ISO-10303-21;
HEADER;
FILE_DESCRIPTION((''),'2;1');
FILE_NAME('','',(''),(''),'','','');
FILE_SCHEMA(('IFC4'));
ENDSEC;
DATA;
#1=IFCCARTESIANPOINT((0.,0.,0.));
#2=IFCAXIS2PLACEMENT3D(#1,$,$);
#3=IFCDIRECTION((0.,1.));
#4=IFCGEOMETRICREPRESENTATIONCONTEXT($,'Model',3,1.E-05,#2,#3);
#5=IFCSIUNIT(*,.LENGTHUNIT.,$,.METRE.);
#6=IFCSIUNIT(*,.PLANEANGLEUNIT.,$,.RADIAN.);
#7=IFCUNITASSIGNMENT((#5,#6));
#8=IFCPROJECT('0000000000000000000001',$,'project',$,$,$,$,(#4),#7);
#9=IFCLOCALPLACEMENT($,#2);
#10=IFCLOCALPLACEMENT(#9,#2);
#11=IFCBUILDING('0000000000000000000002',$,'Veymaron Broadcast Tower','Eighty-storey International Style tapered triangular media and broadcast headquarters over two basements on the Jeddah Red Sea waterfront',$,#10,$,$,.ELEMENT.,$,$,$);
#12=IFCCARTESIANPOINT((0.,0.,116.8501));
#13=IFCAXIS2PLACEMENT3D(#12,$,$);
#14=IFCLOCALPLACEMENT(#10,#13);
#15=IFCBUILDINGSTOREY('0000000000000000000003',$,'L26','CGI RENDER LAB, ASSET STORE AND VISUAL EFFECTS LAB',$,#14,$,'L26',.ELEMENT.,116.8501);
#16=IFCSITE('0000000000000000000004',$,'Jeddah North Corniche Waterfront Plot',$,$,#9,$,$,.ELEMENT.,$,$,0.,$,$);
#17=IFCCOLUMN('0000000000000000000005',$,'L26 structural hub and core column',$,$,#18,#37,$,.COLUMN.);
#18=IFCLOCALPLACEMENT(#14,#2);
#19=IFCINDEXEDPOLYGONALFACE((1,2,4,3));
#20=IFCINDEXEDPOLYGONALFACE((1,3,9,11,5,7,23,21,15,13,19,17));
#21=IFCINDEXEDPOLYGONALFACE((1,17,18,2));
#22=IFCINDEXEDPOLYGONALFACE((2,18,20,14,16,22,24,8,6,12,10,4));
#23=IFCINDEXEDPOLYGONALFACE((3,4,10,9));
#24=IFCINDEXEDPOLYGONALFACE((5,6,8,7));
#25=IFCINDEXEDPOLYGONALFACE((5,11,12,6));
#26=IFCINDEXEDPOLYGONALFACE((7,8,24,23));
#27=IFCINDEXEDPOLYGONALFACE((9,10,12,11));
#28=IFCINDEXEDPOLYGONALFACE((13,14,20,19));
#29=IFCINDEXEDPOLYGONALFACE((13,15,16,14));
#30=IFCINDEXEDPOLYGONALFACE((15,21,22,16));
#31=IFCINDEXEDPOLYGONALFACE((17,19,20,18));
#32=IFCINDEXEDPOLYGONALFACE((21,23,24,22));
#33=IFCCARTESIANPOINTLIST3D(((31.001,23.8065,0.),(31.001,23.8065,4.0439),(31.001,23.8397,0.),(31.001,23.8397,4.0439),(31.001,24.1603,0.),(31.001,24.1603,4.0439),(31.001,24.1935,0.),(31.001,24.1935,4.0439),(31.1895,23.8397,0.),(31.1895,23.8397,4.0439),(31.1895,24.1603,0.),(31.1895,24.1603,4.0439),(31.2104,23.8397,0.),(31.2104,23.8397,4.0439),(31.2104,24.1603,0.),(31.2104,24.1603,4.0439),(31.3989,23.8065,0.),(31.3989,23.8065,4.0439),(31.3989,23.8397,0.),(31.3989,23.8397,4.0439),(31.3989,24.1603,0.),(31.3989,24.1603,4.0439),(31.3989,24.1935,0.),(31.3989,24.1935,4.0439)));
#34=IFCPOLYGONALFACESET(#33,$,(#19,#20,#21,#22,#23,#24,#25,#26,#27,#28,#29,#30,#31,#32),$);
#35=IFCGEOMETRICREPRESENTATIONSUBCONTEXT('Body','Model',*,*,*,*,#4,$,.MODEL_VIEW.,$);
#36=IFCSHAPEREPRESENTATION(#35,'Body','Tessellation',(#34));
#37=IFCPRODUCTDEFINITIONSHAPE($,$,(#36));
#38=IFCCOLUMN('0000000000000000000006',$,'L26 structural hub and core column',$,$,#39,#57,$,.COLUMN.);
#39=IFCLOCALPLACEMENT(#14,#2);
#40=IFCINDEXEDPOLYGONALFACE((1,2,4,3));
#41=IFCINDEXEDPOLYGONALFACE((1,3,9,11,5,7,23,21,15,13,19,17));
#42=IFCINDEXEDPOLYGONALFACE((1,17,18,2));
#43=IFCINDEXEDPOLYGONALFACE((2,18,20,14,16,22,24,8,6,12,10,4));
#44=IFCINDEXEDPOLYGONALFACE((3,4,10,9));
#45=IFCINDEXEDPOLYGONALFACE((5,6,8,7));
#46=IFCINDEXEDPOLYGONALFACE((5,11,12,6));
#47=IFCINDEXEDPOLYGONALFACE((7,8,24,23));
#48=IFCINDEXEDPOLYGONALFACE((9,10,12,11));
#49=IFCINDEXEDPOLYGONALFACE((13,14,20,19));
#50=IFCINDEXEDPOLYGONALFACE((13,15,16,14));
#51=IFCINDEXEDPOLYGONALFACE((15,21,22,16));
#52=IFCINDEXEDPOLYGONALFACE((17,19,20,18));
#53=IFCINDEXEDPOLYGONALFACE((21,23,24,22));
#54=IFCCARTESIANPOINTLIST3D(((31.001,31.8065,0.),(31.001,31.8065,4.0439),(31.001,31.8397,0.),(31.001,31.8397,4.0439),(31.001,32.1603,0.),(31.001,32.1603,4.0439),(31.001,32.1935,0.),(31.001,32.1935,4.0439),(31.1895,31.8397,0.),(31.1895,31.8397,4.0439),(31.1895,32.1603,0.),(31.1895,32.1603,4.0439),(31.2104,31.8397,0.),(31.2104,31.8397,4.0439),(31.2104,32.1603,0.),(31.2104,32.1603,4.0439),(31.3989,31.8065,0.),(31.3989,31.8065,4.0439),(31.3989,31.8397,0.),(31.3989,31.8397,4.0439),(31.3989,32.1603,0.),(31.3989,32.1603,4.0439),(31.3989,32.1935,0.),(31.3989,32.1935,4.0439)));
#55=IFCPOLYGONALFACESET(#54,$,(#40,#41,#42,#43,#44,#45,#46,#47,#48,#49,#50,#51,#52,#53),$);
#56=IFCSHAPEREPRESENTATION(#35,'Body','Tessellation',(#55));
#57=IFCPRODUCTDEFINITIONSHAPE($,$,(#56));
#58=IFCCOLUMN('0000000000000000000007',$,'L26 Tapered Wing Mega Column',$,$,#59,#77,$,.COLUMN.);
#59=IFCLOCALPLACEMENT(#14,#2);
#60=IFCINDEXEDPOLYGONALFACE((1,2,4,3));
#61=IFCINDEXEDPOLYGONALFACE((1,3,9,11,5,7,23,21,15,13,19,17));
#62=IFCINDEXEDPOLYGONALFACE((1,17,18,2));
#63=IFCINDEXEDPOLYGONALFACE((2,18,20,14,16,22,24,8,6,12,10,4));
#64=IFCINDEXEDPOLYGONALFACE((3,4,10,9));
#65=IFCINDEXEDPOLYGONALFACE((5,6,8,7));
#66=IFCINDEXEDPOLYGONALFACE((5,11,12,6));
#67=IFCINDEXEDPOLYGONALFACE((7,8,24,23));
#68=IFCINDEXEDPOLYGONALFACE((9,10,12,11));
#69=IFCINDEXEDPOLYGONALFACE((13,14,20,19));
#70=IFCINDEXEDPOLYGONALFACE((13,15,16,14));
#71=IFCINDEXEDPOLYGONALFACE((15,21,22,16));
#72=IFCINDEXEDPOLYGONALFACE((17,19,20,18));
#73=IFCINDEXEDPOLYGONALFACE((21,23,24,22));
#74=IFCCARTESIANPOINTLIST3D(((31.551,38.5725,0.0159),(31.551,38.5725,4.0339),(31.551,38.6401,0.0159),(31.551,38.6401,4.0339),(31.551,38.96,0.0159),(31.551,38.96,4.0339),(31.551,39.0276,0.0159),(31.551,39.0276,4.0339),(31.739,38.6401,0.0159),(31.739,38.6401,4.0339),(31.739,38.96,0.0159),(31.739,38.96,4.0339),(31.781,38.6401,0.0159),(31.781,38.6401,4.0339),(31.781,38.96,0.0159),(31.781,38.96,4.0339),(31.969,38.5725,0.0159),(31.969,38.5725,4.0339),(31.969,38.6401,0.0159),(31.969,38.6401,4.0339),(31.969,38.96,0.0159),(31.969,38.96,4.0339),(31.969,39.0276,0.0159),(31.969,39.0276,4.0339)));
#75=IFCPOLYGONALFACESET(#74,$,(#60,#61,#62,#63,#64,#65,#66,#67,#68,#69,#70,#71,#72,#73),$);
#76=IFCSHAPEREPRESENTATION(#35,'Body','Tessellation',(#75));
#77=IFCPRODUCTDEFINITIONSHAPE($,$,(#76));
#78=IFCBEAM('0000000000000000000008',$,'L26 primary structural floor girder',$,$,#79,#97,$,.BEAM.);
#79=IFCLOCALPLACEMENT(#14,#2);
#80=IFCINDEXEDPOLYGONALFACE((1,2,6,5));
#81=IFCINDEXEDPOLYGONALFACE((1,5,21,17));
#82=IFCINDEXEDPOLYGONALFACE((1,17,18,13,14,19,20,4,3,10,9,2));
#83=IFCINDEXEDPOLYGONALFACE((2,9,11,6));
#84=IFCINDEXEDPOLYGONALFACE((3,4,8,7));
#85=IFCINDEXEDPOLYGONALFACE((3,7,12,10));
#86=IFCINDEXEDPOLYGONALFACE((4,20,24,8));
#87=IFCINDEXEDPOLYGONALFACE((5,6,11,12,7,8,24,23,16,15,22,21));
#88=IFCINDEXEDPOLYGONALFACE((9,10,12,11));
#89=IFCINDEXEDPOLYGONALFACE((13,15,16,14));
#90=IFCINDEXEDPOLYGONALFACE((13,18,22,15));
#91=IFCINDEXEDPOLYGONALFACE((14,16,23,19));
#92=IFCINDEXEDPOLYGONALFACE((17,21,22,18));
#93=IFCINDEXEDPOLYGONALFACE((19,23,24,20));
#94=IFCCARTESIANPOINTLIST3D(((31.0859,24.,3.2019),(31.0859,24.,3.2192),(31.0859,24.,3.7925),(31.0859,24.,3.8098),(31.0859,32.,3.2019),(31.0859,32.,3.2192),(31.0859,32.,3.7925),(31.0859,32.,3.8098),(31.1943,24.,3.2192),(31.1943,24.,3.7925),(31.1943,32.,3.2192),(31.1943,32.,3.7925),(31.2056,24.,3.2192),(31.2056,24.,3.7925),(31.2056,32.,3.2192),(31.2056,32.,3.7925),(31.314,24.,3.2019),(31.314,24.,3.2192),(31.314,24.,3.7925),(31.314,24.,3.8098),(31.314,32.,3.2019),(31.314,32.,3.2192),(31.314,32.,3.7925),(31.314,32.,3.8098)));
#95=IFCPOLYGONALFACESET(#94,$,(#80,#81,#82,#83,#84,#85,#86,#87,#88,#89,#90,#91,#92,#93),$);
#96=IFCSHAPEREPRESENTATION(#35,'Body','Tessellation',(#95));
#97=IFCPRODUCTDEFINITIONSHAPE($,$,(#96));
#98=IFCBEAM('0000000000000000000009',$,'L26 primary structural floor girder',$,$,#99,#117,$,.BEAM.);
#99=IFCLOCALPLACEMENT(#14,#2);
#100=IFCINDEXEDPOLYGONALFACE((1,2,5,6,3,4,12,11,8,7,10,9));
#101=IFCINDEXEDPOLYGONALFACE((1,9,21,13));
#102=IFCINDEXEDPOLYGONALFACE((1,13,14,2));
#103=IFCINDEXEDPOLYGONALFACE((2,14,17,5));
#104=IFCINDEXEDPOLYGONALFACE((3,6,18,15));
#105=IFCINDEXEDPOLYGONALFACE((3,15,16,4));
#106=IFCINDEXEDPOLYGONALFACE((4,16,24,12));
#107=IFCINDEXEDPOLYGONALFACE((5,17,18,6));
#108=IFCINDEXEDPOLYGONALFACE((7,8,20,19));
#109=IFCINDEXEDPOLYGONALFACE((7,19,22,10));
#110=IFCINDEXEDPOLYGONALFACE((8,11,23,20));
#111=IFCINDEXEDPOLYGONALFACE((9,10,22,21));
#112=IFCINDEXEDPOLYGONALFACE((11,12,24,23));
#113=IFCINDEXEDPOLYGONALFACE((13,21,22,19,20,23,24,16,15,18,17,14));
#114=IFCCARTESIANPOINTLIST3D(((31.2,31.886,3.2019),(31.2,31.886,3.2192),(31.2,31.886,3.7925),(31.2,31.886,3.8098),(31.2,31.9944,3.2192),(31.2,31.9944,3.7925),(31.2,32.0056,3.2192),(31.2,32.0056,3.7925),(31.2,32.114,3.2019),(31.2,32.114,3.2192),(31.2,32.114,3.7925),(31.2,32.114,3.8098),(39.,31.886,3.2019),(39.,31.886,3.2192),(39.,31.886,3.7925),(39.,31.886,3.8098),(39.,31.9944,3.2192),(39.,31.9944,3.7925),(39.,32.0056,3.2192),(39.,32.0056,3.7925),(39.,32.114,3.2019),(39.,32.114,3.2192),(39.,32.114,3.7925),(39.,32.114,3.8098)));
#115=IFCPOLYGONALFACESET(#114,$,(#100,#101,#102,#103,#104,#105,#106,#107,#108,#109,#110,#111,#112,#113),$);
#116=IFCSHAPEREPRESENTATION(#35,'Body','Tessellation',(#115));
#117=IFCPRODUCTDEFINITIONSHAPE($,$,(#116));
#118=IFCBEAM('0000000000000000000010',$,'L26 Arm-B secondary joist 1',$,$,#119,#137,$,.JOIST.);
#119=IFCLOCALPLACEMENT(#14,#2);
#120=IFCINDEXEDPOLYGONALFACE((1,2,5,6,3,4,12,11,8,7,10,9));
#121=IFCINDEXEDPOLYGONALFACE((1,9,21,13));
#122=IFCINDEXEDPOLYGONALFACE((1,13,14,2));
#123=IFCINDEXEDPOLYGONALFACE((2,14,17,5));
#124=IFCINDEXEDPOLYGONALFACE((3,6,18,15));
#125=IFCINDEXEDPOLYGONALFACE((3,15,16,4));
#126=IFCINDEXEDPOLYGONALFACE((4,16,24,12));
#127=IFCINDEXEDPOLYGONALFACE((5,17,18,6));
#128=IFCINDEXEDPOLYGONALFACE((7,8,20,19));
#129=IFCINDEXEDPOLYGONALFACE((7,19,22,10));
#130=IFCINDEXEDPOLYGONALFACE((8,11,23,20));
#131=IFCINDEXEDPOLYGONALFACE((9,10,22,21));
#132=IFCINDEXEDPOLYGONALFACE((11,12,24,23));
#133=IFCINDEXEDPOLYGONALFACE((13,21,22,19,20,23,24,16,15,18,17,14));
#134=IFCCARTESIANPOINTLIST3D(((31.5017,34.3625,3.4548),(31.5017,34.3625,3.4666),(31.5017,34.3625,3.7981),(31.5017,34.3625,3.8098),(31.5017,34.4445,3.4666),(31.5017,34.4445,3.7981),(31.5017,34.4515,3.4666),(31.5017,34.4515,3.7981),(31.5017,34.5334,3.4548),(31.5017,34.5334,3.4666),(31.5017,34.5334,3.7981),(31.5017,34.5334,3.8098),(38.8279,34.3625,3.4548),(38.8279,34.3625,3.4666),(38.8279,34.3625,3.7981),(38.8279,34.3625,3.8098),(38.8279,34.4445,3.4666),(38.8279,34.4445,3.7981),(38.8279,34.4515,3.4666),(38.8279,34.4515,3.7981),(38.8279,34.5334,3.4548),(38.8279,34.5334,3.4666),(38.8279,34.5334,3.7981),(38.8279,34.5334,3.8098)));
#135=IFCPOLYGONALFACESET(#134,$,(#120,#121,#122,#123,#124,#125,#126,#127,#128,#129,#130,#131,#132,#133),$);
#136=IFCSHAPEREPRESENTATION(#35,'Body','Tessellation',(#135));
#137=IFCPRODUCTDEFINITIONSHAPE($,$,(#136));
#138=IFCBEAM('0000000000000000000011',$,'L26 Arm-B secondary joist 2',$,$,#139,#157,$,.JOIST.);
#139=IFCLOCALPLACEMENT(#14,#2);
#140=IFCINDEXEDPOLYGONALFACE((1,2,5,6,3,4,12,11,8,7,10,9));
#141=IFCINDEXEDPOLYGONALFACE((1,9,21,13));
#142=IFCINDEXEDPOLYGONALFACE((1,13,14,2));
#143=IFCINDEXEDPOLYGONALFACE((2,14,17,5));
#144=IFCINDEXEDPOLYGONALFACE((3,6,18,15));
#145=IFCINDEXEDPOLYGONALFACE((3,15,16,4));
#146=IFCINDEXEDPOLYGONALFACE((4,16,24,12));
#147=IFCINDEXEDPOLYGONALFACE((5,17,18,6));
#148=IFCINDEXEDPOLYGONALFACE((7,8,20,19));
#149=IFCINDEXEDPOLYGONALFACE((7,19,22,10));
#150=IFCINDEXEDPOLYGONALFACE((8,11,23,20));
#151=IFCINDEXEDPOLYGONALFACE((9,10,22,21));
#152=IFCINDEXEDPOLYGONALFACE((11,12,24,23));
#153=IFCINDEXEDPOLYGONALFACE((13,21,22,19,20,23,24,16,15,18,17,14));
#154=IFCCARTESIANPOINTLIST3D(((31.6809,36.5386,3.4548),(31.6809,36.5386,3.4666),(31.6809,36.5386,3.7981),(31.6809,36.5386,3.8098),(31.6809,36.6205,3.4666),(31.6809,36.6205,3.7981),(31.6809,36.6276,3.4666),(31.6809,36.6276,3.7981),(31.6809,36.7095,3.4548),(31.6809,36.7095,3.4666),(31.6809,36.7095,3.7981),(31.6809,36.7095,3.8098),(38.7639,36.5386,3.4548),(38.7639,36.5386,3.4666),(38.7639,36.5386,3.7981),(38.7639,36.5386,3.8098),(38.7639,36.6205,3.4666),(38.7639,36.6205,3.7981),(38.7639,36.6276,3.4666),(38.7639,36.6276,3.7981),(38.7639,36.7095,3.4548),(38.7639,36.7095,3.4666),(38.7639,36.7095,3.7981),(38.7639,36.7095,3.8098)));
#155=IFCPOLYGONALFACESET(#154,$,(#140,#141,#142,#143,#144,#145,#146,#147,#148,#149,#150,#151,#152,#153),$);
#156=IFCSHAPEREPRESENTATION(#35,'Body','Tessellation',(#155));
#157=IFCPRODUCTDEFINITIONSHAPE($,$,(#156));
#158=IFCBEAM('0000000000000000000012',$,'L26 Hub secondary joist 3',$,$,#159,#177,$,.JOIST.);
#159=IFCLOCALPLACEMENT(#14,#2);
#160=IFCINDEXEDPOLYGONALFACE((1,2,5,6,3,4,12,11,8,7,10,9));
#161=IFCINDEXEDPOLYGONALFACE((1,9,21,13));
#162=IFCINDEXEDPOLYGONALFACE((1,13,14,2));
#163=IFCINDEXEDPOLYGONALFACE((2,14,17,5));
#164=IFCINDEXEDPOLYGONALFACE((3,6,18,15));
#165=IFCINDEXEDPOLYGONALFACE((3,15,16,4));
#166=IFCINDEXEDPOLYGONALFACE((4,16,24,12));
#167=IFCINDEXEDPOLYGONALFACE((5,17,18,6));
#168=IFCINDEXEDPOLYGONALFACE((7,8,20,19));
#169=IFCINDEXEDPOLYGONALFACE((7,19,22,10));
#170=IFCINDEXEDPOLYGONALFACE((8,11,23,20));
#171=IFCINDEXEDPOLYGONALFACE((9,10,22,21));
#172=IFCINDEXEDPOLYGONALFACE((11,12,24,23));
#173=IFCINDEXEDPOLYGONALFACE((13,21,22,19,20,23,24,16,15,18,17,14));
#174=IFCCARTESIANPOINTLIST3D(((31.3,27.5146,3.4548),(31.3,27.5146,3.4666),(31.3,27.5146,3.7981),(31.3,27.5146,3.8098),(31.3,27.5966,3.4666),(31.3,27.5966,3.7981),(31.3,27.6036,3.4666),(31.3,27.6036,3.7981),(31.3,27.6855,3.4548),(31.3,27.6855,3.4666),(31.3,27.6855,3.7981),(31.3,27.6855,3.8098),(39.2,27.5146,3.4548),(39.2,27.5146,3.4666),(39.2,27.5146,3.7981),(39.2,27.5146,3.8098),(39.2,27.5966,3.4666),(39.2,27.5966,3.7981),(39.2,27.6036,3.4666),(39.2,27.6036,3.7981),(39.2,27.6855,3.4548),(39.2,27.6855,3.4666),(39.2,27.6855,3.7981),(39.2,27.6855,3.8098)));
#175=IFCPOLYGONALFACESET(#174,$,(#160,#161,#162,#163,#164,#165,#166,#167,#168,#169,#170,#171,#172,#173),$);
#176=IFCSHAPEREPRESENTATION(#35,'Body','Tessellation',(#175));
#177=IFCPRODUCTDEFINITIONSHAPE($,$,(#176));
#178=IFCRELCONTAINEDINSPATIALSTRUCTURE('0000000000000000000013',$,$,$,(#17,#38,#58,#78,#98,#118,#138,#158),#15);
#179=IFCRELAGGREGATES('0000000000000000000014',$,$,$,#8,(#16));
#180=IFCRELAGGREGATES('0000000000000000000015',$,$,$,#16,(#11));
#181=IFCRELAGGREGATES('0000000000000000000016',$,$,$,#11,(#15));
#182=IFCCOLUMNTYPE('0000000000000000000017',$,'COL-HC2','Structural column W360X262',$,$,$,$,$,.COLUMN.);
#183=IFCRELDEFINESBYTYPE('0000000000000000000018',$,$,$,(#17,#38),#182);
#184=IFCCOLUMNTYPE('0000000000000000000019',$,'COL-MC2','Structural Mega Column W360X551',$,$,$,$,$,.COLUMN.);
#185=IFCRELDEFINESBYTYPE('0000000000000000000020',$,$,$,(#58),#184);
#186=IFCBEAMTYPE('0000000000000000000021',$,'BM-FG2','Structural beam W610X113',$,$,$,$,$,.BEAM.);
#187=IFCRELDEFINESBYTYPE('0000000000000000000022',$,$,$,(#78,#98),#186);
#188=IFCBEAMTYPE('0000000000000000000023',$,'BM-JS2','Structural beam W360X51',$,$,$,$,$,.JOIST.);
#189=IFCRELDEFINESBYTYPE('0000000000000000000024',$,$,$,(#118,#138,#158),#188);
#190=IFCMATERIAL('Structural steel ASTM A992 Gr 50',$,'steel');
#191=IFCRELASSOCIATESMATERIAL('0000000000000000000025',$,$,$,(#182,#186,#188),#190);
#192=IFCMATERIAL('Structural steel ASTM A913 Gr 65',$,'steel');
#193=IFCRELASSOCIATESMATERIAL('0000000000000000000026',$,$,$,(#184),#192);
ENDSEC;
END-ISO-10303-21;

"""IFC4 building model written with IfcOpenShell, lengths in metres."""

from ifc_helpers import new_model, si_unit, direction, frame, origin, origin_2d, place, context, subcontext, project, spatial, i_section, extrude, material, material_profile, profile_set, type_object, element, save


model = new_model("IFC4")

# Units and contexts
model_context = context("Model", 3, precision=1e-05, world=origin(), true_north=direction((0.0, 1.0)))
body_context = subcontext(model_context, "Body", "Model", "MODEL_VIEW")
ifc_project = project(units=[si_unit("LENGTHUNIT", "METRE"), si_unit("PLANEANGLEUNIT", "RADIAN")], contexts=[model_context])

# Site, building, storey
site_placement = place(None, origin())
site = spatial("IfcSite", under=ifc_project, at=site_placement, Name="Jeddah North Corniche Waterfront Plot", CompositionType="ELEMENT", RefElevation=0.0)
building_placement = place(site_placement, origin())
building = spatial("IfcBuilding", under=site, at=building_placement, Name="Veymaron Broadcast Tower", Description="Eighty-storey International Style tapered triangular media and broadcast headquarters over two basements on the Jeddah Red Sea waterfront", CompositionType="ELEMENT")
storey_placement = place(building_placement, frame((0.0, 0.0, 116.8501)))
storey = spatial("IfcBuildingStorey", under=building, at=storey_placement, Name="L26", Description="CGI RENDER LAB, ASSET STORE AND VISUAL EFFECTS LAB", LongName="L26", CompositionType="ELEMENT", Elevation=116.8501)

# Columns
ifc_material_1 = material(Name="Structural steel ASTM A992 Gr 50", Category="steel")
ifc_material_profile_1 = material_profile(ifc_material_1, i_section(OverallWidth=0.3979, OverallDepth=0.387, WebThickness=0.021, FlangeThickness=0.0332, at=origin_2d()), Name="W360X262")
ifc_profile_set_1 = profile_set([ifc_material_profile_1], Name="Structural steel ASTM A992 Gr 50")
column_type_1 = type_object("IfcColumnType", Name="COL-HC2", Description="Structural column W360X262", PredefinedType="COLUMN", material=ifc_profile_set_1)
for number, where, z_axis, x_axis, name in (
    (1, (31.2, 24.0, 0.0), (0.0, 0.0, 1.0), (1.0, 0.0, 0.0), "L26 structural hub and core column"),
    (2, (31.2, 32.0, 0.0), (0.0, 0.0, 1.0), (1.0, 0.0, 0.0), "L26 structural hub and core column"),
):
    element("IfcColumn", number, at=place(storey_placement, frame(where, z_axis=z_axis, x_axis=x_axis)), inside=storey, type_object=column_type_1, Name=name, PredefinedType="COLUMN", context=body_context, shape_type="SweptSolid", body=[
        extrude(i_section(OverallWidth=0.3979, OverallDepth=0.387, WebThickness=0.021, FlangeThickness=0.0332, at=origin_2d()), origin(), (0.0, 0.0, 1.0), 4.0439),
    ])
ifc_material_2 = material(Name="Structural steel ASTM A913 Gr 65", Category="steel")
ifc_material_profile_2 = material_profile(ifc_material_2, i_section(OverallWidth=0.418, OverallDepth=0.4551, WebThickness=0.042, FlangeThickness=0.0676, at=origin_2d()), Name="W360X551")
ifc_profile_set_2 = profile_set([ifc_material_profile_2], Name="Structural steel ASTM A913 Gr 65")
column_type_2 = type_object("IfcColumnType", Name="COL-MC2", Description="Structural Mega Column W360X551", PredefinedType="COLUMN", material=ifc_profile_set_2)
column_placement = place(storey_placement, frame((31.76, 38.8, 0.0159), z_axis=(0.0, 0.0, 1.0), x_axis=(1.0, 0.0, 0.0)))
element("IfcColumn", 3, at=column_placement, inside=storey, type_object=column_type_2, Name="L26 Tapered Wing Mega Column", PredefinedType="COLUMN", context=body_context, shape_type="SweptSolid", body=[
    extrude(i_section(OverallWidth=0.418, OverallDepth=0.4551, WebThickness=0.042, FlangeThickness=0.0676, at=origin_2d()), origin(), (0.0, 0.0, 1.0), 4.0181),
])

# Beams
ifc_material_profile_3 = material_profile(ifc_material_1, i_section(OverallWidth=0.228, OverallDepth=0.6079, WebThickness=0.0112, FlangeThickness=0.0173, at=origin_2d()), Name="W610X113")
ifc_profile_set_3 = profile_set([ifc_material_profile_3], Name="Structural steel ASTM A992 Gr 50")
beam_type_1 = type_object("IfcBeamType", Name="BM-FG2", Description="Structural beam W610X113", PredefinedType="BEAM", material=ifc_profile_set_3)
beam_1_placement = place(storey_placement, frame((31.2, 24.0, 3.5059), z_axis=(0.0, 1.0, 0.0), x_axis=(-1.0, 0.0, 0.0)))
element("IfcBeam", 4, at=beam_1_placement, inside=storey, type_object=beam_type_1, Name="L26 primary structural floor girder", PredefinedType="BEAM", context=body_context, shape_type="SweptSolid", body=[
    extrude(i_section(OverallWidth=0.228, OverallDepth=0.6079, WebThickness=0.0112, FlangeThickness=0.0173, at=origin_2d()), origin(), (0.0, 0.0, 1.0), 8.0),
])
beam_2_placement = place(storey_placement, frame((31.2, 32.0, 3.5059), z_axis=(1.0, 0.0, 0.0), x_axis=(0.0, 1.0, 0.0)))
element("IfcBeam", 5, at=beam_2_placement, inside=storey, type_object=beam_type_1, Name="L26 primary structural floor girder", PredefinedType="BEAM", context=body_context, shape_type="SweptSolid", body=[
    extrude(i_section(OverallWidth=0.228, OverallDepth=0.6079, WebThickness=0.0112, FlangeThickness=0.0173, at=origin_2d()), origin(), (0.0, 0.0, 1.0), 7.8),
])
ifc_material_profile_4 = material_profile(ifc_material_1, i_section(OverallWidth=0.1709, OverallDepth=0.355, WebThickness=0.0071, FlangeThickness=0.0117, at=origin_2d()), Name="W360X51")
ifc_profile_set_4 = profile_set([ifc_material_profile_4], Name="Structural steel ASTM A992 Gr 50")
beam_type_2 = type_object("IfcBeamType", Name="BM-JS2", Description="Structural beam W360X51", PredefinedType="JOIST", material=ifc_profile_set_4)
beam_3_placement = place(storey_placement, frame((31.5017, 34.448, 3.6323), z_axis=(1.0, 0.0, 0.0), x_axis=(0.0, 1.0, 0.0)))
element("IfcBeam", 6, at=beam_3_placement, inside=storey, type_object=beam_type_2, Name="L26 Arm-B secondary joist 1", PredefinedType="JOIST", context=body_context, shape_type="SweptSolid", body=[
    extrude(i_section(OverallWidth=0.1709, OverallDepth=0.355, WebThickness=0.0071, FlangeThickness=0.0117, at=origin_2d()), origin(), (0.0, 0.0, 1.0), 7.3262),
])
beam_4_placement = place(storey_placement, frame((31.6809, 36.624, 3.6323), z_axis=(1.0, 0.0, 0.0), x_axis=(0.0, 1.0, 0.0)))
element("IfcBeam", 7, at=beam_4_placement, inside=storey, type_object=beam_type_2, Name="L26 Arm-B secondary joist 2", PredefinedType="JOIST", context=body_context, shape_type="SweptSolid", body=[
    extrude(i_section(OverallWidth=0.1709, OverallDepth=0.355, WebThickness=0.0071, FlangeThickness=0.0117, at=origin_2d()), origin(), (0.0, 0.0, 1.0), 7.083),
])
for number, where, z_axis, x_axis, name in (
    (8, (31.3, 27.6001, 3.6323), (1.0, 0.0, 0.0), (0.0, 1.0, 0.0), "L26 Hub secondary joist 3"),
):
    element("IfcBeam", number, at=place(storey_placement, frame(where, z_axis=z_axis, x_axis=x_axis)), inside=storey, type_object=beam_type_2, Name=name, PredefinedType="JOIST", context=body_context, shape_type="SweptSolid", body=[
        extrude(i_section(OverallWidth=0.1709, OverallDepth=0.355, WebThickness=0.0071, FlangeThickness=0.0117, at=origin_2d()), origin(), (0.0, 0.0, 1.0), 7.8999),
    ])

save(model, "model.ifc")
